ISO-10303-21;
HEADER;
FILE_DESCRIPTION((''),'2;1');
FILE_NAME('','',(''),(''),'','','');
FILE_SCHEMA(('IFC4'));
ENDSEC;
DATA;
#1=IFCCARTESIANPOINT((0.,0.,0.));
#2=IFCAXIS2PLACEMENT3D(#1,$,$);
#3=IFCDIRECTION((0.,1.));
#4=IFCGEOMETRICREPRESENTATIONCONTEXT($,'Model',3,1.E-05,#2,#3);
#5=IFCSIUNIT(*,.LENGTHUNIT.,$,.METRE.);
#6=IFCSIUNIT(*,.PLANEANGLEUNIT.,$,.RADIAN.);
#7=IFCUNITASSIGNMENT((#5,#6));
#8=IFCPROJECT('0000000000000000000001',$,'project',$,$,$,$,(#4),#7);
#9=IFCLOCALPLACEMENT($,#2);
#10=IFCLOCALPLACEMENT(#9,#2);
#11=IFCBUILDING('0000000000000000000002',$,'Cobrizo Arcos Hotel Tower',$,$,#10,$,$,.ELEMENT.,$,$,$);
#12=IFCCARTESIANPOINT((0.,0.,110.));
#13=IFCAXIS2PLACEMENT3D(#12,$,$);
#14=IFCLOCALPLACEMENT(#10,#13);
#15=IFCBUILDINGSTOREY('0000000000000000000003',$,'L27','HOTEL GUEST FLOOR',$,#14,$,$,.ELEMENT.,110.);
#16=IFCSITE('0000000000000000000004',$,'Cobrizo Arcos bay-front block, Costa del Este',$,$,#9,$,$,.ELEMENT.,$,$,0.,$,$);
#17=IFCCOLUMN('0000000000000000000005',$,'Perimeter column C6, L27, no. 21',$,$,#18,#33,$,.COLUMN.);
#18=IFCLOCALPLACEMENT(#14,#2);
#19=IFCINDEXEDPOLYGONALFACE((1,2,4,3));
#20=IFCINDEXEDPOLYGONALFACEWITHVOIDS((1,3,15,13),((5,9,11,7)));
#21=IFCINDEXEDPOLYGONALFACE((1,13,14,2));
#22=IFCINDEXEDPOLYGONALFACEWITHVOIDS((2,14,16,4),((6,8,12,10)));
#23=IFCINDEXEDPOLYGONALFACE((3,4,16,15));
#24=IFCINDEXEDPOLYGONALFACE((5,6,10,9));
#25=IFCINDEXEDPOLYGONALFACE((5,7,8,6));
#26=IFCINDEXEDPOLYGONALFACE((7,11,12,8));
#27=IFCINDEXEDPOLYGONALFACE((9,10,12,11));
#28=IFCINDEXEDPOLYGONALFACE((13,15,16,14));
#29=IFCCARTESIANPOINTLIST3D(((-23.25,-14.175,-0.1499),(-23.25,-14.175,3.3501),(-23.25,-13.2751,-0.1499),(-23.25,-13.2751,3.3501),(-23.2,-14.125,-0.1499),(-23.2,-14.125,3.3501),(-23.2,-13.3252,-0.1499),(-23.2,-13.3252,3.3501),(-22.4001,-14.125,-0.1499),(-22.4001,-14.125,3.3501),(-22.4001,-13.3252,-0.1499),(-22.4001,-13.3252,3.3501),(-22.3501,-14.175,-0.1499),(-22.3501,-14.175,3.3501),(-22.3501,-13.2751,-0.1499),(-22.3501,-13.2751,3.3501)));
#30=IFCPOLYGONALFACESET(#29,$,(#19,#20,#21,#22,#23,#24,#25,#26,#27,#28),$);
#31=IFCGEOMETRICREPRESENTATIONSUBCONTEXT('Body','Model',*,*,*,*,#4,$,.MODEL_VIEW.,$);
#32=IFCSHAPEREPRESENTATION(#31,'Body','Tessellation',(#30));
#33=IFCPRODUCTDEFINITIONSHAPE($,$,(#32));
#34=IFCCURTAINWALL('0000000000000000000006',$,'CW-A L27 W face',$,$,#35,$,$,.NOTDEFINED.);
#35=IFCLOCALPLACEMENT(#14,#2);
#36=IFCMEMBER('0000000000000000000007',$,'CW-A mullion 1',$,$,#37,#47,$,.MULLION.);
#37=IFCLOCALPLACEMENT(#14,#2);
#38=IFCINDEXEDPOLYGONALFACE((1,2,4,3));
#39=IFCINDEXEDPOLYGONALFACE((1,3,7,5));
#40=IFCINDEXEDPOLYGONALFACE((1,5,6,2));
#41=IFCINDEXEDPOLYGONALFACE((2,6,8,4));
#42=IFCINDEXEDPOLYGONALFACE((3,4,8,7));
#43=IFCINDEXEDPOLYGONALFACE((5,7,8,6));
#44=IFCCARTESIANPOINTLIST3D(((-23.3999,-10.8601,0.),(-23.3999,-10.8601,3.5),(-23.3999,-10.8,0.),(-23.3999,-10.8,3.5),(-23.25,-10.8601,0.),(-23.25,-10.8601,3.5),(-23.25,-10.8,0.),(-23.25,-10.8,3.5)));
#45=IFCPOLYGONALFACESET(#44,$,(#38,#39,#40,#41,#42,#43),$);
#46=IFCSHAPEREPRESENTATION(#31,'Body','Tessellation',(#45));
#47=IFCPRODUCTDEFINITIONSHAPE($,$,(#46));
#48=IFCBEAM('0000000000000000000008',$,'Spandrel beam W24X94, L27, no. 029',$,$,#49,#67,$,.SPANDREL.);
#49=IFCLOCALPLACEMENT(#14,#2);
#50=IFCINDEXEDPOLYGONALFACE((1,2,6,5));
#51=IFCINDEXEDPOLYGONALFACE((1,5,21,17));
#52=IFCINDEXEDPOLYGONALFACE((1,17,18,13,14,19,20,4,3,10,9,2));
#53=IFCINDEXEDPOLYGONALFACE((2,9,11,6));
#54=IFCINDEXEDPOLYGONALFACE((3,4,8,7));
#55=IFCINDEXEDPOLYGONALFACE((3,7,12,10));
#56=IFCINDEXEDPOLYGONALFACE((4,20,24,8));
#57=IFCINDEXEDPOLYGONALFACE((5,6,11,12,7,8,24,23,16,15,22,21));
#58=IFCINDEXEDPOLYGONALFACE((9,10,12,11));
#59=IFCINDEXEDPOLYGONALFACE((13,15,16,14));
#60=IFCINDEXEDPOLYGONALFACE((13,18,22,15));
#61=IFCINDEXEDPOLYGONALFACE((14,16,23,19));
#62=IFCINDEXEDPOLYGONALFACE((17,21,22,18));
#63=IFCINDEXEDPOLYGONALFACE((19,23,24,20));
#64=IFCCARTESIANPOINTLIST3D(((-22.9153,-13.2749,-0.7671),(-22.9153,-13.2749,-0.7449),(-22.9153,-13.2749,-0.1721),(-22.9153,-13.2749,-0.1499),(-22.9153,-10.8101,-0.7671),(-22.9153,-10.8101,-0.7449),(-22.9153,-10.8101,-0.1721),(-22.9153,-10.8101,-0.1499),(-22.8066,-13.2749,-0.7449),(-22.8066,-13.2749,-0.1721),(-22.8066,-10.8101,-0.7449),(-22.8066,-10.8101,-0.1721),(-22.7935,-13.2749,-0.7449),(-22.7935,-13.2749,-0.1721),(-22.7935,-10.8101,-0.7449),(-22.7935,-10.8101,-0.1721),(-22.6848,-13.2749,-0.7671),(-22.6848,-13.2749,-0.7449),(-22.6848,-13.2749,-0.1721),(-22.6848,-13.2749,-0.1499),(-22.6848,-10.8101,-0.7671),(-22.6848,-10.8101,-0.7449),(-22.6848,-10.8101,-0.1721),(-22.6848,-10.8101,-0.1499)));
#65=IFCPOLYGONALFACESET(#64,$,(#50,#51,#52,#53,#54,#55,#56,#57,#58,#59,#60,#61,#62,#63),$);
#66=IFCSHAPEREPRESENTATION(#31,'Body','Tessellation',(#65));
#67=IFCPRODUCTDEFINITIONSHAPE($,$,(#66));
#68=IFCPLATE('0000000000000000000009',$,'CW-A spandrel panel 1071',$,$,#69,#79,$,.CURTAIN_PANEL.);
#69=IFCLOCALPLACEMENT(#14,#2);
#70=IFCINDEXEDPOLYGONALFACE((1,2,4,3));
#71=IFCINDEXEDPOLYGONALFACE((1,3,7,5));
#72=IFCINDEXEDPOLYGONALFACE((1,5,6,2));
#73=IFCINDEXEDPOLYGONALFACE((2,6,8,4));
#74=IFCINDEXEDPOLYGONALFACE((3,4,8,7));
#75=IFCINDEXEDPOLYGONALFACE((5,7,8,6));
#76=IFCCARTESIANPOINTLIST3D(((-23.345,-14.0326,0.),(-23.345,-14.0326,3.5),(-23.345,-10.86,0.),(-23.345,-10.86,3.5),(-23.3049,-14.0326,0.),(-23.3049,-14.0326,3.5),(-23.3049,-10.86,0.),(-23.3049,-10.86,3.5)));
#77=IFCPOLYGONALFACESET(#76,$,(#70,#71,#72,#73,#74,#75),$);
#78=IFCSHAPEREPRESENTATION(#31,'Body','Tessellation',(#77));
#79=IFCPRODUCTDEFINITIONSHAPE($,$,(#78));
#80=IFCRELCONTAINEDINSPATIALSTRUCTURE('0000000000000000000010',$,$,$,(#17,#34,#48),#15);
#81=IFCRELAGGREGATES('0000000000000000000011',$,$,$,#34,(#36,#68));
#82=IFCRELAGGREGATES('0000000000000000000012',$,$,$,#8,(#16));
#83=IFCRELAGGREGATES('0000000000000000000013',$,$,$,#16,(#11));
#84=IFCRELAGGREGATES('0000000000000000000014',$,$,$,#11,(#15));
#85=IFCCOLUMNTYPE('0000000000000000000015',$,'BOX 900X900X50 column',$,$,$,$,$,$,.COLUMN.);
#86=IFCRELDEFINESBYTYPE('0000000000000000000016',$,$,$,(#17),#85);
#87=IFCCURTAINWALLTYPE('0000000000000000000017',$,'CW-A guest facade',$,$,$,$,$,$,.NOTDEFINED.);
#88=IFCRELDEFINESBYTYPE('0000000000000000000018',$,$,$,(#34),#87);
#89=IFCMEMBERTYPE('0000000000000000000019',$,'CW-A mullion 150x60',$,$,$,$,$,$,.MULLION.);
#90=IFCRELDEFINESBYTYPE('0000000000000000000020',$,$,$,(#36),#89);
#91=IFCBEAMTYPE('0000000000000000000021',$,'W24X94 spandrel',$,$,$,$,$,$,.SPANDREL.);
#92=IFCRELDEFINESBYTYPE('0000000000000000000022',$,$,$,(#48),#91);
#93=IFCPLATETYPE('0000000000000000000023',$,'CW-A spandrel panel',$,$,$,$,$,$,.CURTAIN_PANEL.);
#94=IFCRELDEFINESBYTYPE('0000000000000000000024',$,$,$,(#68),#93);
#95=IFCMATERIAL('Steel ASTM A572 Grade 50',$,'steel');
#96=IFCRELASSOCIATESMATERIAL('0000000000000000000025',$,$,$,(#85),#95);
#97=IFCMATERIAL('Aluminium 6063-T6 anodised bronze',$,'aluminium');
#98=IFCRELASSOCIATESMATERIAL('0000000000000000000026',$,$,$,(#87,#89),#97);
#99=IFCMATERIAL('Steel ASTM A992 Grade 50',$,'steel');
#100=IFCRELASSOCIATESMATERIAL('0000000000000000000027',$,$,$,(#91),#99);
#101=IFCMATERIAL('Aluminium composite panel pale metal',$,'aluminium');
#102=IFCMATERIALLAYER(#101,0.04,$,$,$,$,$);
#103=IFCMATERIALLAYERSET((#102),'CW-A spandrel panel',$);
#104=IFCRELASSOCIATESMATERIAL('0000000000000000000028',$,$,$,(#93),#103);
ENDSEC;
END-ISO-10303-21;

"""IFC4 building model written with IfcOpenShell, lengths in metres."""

from ifc_helpers import new_model, si_unit, direction, frame, origin, origin_2d, place, context, subcontext, project, spatial, rectangle, hollow_rectangle, i_section, extrude, material, layer, layer_set, material_profile, profile_set, type_object, element, aggregate, save


model = new_model("IFC4")

# Units and contexts
model_context = context("Model", 3, precision=1e-05, world=origin(), true_north=direction((0.0, 1.0)))
body_context = subcontext(model_context, "Body", "Model", "MODEL_VIEW")
ifc_project = project(units=[si_unit("LENGTHUNIT", "METRE"), si_unit("PLANEANGLEUNIT", "RADIAN")], contexts=[model_context])

# Site, building, storey
site_placement = place(None, origin())
site = spatial("IfcSite", under=ifc_project, at=site_placement, Name="Cobrizo Arcos bay-front block, Costa del Este", CompositionType="ELEMENT", RefElevation=0.0)
building_placement = place(site_placement, origin())
building = spatial("IfcBuilding", under=site, at=building_placement, Name="Cobrizo Arcos Hotel Tower", CompositionType="ELEMENT")
storey_placement = place(building_placement, frame((0.0, 0.0, 110.0)))
storey = spatial("IfcBuildingStorey", under=building, at=storey_placement, Name="L27", Description="HOTEL GUEST FLOOR", CompositionType="ELEMENT", Elevation=110.0)

# Column
ifc_material_1 = material(Name="Steel ASTM A572 Grade 50", Category="steel")
ifc_material_profile_1 = material_profile(ifc_material_1, hollow_rectangle(XDim=0.8999, YDim=0.8999, WallThickness=0.05, at=origin_2d()), Name="BOX 900X900X50")
ifc_profile_set_1 = profile_set([ifc_material_profile_1], Name="Steel ASTM A572 Grade 50")
column_type = type_object("IfcColumnType", Name="BOX 900X900X50 column", PredefinedType="COLUMN", material=ifc_profile_set_1)
column_placement = place(storey_placement, frame((-22.8, -13.7251, -0.1499), z_axis=(0.0, 0.0, 1.0), x_axis=(1.0, 0.0, 0.0)))
element("IfcColumn", 1, at=column_placement, inside=storey, type_object=column_type, Name="Perimeter column C6, L27, no. 21", PredefinedType="COLUMN", context=body_context, shape_type="SweptSolid", body=[
    extrude(hollow_rectangle(XDim=0.8999, YDim=0.8999, WallThickness=0.05, at=origin_2d()), origin(), (0.0, 0.0, 1.0), 3.5),
])

# Curtain wall, member
ifc_material_2 = material(Name="Aluminium 6063-T6 anodised bronze", Category="aluminium")
curtain_wall_type = type_object("IfcCurtainWallType", Name="CW-A guest facade", PredefinedType="NOTDEFINED", material=ifc_material_2)
curtain_wall_placement = place(storey_placement, origin())
curtain_wall = element("IfcCurtainWall", 2, at=curtain_wall_placement, inside=storey, type_object=curtain_wall_type, Name="CW-A L27 W face", PredefinedType="NOTDEFINED")
ifc_material_profile_2 = material_profile(ifc_material_2, rectangle(XDim=0.1499, YDim=0.0601, at=origin_2d()), Name="CW-A mullion 150x60")
ifc_profile_set_2 = profile_set([ifc_material_profile_2], Name="Aluminium 6063-T6 anodised bronze")
member_type = type_object("IfcMemberType", Name="CW-A mullion 150x60", PredefinedType="MULLION", material=ifc_profile_set_2)
member_placement = place(storey_placement, frame((-23.325, -10.8301, 0.0), z_axis=(0.0, 0.0, 1.0), x_axis=(-1.0, 0.0, 0.0)))
member = element("IfcMember", 3, at=member_placement, type_object=member_type, Name="CW-A mullion 1", PredefinedType="MULLION", context=body_context, shape_type="SweptSolid", body=[
    extrude(rectangle(XDim=0.1499, YDim=0.0601, at=origin_2d()), origin(), (0.0, 0.0, 1.0), 3.5),
])

# Beam
ifc_material_3 = material(Name="Steel ASTM A992 Grade 50", Category="steel")
ifc_material_profile_3 = material_profile(ifc_material_3, i_section(OverallWidth=0.2305, OverallDepth=0.6172, WebThickness=0.0132, FlangeThickness=0.0222, at=origin_2d()), Name="W24X94")
ifc_profile_set_3 = profile_set([ifc_material_profile_3], Name="Steel ASTM A992 Grade 50")
beam_type = type_object("IfcBeamType", Name="W24X94 spandrel", PredefinedType="SPANDREL", material=ifc_profile_set_3)
beam_placement = place(storey_placement, frame((-22.8, -10.8101, -0.4585), z_axis=(0.0, -1.0, 0.0), x_axis=(1.0, 0.0, 0.0)))
element("IfcBeam", 4, at=beam_placement, inside=storey, type_object=beam_type, Name="Spandrel beam W24X94, L27, no. 029", PredefinedType="SPANDREL", context=body_context, shape_type="SweptSolid", body=[
    extrude(i_section(OverallWidth=0.2305, OverallDepth=0.6172, WebThickness=0.0132, FlangeThickness=0.0222, at=origin_2d()), origin(), (0.0, 0.0, 1.0), 2.4648),
])

# Plate
ifc_material_4 = material(Name="Aluminium composite panel pale metal", Category="aluminium")
ifc_layer_1 = layer(ifc_material_4, 0.04)
ifc_layer_set_1 = layer_set([ifc_layer_1], Name="CW-A spandrel panel")
plate_type = type_object("IfcPlateType", Name="CW-A spandrel panel", PredefinedType="CURTAIN_PANEL", material=ifc_layer_set_1)
plate_placement = place(storey_placement, frame((-23.325, -12.4463, 0.0), z_axis=(0.0, 0.0, 1.0), x_axis=(0.0, -1.0, 0.0)))
plate = element("IfcPlate", 5, at=plate_placement, type_object=plate_type, Name="CW-A spandrel panel 1071", PredefinedType="CURTAIN_PANEL", context=body_context, shape_type="SweptSolid", body=[
    extrude(rectangle(XDim=3.1726, YDim=0.04, at=origin_2d()), origin(), (0.0, 0.0, 1.0), 3.5),
])
aggregate(curtain_wall, [member, plate])

save(model, "model.ifc")
